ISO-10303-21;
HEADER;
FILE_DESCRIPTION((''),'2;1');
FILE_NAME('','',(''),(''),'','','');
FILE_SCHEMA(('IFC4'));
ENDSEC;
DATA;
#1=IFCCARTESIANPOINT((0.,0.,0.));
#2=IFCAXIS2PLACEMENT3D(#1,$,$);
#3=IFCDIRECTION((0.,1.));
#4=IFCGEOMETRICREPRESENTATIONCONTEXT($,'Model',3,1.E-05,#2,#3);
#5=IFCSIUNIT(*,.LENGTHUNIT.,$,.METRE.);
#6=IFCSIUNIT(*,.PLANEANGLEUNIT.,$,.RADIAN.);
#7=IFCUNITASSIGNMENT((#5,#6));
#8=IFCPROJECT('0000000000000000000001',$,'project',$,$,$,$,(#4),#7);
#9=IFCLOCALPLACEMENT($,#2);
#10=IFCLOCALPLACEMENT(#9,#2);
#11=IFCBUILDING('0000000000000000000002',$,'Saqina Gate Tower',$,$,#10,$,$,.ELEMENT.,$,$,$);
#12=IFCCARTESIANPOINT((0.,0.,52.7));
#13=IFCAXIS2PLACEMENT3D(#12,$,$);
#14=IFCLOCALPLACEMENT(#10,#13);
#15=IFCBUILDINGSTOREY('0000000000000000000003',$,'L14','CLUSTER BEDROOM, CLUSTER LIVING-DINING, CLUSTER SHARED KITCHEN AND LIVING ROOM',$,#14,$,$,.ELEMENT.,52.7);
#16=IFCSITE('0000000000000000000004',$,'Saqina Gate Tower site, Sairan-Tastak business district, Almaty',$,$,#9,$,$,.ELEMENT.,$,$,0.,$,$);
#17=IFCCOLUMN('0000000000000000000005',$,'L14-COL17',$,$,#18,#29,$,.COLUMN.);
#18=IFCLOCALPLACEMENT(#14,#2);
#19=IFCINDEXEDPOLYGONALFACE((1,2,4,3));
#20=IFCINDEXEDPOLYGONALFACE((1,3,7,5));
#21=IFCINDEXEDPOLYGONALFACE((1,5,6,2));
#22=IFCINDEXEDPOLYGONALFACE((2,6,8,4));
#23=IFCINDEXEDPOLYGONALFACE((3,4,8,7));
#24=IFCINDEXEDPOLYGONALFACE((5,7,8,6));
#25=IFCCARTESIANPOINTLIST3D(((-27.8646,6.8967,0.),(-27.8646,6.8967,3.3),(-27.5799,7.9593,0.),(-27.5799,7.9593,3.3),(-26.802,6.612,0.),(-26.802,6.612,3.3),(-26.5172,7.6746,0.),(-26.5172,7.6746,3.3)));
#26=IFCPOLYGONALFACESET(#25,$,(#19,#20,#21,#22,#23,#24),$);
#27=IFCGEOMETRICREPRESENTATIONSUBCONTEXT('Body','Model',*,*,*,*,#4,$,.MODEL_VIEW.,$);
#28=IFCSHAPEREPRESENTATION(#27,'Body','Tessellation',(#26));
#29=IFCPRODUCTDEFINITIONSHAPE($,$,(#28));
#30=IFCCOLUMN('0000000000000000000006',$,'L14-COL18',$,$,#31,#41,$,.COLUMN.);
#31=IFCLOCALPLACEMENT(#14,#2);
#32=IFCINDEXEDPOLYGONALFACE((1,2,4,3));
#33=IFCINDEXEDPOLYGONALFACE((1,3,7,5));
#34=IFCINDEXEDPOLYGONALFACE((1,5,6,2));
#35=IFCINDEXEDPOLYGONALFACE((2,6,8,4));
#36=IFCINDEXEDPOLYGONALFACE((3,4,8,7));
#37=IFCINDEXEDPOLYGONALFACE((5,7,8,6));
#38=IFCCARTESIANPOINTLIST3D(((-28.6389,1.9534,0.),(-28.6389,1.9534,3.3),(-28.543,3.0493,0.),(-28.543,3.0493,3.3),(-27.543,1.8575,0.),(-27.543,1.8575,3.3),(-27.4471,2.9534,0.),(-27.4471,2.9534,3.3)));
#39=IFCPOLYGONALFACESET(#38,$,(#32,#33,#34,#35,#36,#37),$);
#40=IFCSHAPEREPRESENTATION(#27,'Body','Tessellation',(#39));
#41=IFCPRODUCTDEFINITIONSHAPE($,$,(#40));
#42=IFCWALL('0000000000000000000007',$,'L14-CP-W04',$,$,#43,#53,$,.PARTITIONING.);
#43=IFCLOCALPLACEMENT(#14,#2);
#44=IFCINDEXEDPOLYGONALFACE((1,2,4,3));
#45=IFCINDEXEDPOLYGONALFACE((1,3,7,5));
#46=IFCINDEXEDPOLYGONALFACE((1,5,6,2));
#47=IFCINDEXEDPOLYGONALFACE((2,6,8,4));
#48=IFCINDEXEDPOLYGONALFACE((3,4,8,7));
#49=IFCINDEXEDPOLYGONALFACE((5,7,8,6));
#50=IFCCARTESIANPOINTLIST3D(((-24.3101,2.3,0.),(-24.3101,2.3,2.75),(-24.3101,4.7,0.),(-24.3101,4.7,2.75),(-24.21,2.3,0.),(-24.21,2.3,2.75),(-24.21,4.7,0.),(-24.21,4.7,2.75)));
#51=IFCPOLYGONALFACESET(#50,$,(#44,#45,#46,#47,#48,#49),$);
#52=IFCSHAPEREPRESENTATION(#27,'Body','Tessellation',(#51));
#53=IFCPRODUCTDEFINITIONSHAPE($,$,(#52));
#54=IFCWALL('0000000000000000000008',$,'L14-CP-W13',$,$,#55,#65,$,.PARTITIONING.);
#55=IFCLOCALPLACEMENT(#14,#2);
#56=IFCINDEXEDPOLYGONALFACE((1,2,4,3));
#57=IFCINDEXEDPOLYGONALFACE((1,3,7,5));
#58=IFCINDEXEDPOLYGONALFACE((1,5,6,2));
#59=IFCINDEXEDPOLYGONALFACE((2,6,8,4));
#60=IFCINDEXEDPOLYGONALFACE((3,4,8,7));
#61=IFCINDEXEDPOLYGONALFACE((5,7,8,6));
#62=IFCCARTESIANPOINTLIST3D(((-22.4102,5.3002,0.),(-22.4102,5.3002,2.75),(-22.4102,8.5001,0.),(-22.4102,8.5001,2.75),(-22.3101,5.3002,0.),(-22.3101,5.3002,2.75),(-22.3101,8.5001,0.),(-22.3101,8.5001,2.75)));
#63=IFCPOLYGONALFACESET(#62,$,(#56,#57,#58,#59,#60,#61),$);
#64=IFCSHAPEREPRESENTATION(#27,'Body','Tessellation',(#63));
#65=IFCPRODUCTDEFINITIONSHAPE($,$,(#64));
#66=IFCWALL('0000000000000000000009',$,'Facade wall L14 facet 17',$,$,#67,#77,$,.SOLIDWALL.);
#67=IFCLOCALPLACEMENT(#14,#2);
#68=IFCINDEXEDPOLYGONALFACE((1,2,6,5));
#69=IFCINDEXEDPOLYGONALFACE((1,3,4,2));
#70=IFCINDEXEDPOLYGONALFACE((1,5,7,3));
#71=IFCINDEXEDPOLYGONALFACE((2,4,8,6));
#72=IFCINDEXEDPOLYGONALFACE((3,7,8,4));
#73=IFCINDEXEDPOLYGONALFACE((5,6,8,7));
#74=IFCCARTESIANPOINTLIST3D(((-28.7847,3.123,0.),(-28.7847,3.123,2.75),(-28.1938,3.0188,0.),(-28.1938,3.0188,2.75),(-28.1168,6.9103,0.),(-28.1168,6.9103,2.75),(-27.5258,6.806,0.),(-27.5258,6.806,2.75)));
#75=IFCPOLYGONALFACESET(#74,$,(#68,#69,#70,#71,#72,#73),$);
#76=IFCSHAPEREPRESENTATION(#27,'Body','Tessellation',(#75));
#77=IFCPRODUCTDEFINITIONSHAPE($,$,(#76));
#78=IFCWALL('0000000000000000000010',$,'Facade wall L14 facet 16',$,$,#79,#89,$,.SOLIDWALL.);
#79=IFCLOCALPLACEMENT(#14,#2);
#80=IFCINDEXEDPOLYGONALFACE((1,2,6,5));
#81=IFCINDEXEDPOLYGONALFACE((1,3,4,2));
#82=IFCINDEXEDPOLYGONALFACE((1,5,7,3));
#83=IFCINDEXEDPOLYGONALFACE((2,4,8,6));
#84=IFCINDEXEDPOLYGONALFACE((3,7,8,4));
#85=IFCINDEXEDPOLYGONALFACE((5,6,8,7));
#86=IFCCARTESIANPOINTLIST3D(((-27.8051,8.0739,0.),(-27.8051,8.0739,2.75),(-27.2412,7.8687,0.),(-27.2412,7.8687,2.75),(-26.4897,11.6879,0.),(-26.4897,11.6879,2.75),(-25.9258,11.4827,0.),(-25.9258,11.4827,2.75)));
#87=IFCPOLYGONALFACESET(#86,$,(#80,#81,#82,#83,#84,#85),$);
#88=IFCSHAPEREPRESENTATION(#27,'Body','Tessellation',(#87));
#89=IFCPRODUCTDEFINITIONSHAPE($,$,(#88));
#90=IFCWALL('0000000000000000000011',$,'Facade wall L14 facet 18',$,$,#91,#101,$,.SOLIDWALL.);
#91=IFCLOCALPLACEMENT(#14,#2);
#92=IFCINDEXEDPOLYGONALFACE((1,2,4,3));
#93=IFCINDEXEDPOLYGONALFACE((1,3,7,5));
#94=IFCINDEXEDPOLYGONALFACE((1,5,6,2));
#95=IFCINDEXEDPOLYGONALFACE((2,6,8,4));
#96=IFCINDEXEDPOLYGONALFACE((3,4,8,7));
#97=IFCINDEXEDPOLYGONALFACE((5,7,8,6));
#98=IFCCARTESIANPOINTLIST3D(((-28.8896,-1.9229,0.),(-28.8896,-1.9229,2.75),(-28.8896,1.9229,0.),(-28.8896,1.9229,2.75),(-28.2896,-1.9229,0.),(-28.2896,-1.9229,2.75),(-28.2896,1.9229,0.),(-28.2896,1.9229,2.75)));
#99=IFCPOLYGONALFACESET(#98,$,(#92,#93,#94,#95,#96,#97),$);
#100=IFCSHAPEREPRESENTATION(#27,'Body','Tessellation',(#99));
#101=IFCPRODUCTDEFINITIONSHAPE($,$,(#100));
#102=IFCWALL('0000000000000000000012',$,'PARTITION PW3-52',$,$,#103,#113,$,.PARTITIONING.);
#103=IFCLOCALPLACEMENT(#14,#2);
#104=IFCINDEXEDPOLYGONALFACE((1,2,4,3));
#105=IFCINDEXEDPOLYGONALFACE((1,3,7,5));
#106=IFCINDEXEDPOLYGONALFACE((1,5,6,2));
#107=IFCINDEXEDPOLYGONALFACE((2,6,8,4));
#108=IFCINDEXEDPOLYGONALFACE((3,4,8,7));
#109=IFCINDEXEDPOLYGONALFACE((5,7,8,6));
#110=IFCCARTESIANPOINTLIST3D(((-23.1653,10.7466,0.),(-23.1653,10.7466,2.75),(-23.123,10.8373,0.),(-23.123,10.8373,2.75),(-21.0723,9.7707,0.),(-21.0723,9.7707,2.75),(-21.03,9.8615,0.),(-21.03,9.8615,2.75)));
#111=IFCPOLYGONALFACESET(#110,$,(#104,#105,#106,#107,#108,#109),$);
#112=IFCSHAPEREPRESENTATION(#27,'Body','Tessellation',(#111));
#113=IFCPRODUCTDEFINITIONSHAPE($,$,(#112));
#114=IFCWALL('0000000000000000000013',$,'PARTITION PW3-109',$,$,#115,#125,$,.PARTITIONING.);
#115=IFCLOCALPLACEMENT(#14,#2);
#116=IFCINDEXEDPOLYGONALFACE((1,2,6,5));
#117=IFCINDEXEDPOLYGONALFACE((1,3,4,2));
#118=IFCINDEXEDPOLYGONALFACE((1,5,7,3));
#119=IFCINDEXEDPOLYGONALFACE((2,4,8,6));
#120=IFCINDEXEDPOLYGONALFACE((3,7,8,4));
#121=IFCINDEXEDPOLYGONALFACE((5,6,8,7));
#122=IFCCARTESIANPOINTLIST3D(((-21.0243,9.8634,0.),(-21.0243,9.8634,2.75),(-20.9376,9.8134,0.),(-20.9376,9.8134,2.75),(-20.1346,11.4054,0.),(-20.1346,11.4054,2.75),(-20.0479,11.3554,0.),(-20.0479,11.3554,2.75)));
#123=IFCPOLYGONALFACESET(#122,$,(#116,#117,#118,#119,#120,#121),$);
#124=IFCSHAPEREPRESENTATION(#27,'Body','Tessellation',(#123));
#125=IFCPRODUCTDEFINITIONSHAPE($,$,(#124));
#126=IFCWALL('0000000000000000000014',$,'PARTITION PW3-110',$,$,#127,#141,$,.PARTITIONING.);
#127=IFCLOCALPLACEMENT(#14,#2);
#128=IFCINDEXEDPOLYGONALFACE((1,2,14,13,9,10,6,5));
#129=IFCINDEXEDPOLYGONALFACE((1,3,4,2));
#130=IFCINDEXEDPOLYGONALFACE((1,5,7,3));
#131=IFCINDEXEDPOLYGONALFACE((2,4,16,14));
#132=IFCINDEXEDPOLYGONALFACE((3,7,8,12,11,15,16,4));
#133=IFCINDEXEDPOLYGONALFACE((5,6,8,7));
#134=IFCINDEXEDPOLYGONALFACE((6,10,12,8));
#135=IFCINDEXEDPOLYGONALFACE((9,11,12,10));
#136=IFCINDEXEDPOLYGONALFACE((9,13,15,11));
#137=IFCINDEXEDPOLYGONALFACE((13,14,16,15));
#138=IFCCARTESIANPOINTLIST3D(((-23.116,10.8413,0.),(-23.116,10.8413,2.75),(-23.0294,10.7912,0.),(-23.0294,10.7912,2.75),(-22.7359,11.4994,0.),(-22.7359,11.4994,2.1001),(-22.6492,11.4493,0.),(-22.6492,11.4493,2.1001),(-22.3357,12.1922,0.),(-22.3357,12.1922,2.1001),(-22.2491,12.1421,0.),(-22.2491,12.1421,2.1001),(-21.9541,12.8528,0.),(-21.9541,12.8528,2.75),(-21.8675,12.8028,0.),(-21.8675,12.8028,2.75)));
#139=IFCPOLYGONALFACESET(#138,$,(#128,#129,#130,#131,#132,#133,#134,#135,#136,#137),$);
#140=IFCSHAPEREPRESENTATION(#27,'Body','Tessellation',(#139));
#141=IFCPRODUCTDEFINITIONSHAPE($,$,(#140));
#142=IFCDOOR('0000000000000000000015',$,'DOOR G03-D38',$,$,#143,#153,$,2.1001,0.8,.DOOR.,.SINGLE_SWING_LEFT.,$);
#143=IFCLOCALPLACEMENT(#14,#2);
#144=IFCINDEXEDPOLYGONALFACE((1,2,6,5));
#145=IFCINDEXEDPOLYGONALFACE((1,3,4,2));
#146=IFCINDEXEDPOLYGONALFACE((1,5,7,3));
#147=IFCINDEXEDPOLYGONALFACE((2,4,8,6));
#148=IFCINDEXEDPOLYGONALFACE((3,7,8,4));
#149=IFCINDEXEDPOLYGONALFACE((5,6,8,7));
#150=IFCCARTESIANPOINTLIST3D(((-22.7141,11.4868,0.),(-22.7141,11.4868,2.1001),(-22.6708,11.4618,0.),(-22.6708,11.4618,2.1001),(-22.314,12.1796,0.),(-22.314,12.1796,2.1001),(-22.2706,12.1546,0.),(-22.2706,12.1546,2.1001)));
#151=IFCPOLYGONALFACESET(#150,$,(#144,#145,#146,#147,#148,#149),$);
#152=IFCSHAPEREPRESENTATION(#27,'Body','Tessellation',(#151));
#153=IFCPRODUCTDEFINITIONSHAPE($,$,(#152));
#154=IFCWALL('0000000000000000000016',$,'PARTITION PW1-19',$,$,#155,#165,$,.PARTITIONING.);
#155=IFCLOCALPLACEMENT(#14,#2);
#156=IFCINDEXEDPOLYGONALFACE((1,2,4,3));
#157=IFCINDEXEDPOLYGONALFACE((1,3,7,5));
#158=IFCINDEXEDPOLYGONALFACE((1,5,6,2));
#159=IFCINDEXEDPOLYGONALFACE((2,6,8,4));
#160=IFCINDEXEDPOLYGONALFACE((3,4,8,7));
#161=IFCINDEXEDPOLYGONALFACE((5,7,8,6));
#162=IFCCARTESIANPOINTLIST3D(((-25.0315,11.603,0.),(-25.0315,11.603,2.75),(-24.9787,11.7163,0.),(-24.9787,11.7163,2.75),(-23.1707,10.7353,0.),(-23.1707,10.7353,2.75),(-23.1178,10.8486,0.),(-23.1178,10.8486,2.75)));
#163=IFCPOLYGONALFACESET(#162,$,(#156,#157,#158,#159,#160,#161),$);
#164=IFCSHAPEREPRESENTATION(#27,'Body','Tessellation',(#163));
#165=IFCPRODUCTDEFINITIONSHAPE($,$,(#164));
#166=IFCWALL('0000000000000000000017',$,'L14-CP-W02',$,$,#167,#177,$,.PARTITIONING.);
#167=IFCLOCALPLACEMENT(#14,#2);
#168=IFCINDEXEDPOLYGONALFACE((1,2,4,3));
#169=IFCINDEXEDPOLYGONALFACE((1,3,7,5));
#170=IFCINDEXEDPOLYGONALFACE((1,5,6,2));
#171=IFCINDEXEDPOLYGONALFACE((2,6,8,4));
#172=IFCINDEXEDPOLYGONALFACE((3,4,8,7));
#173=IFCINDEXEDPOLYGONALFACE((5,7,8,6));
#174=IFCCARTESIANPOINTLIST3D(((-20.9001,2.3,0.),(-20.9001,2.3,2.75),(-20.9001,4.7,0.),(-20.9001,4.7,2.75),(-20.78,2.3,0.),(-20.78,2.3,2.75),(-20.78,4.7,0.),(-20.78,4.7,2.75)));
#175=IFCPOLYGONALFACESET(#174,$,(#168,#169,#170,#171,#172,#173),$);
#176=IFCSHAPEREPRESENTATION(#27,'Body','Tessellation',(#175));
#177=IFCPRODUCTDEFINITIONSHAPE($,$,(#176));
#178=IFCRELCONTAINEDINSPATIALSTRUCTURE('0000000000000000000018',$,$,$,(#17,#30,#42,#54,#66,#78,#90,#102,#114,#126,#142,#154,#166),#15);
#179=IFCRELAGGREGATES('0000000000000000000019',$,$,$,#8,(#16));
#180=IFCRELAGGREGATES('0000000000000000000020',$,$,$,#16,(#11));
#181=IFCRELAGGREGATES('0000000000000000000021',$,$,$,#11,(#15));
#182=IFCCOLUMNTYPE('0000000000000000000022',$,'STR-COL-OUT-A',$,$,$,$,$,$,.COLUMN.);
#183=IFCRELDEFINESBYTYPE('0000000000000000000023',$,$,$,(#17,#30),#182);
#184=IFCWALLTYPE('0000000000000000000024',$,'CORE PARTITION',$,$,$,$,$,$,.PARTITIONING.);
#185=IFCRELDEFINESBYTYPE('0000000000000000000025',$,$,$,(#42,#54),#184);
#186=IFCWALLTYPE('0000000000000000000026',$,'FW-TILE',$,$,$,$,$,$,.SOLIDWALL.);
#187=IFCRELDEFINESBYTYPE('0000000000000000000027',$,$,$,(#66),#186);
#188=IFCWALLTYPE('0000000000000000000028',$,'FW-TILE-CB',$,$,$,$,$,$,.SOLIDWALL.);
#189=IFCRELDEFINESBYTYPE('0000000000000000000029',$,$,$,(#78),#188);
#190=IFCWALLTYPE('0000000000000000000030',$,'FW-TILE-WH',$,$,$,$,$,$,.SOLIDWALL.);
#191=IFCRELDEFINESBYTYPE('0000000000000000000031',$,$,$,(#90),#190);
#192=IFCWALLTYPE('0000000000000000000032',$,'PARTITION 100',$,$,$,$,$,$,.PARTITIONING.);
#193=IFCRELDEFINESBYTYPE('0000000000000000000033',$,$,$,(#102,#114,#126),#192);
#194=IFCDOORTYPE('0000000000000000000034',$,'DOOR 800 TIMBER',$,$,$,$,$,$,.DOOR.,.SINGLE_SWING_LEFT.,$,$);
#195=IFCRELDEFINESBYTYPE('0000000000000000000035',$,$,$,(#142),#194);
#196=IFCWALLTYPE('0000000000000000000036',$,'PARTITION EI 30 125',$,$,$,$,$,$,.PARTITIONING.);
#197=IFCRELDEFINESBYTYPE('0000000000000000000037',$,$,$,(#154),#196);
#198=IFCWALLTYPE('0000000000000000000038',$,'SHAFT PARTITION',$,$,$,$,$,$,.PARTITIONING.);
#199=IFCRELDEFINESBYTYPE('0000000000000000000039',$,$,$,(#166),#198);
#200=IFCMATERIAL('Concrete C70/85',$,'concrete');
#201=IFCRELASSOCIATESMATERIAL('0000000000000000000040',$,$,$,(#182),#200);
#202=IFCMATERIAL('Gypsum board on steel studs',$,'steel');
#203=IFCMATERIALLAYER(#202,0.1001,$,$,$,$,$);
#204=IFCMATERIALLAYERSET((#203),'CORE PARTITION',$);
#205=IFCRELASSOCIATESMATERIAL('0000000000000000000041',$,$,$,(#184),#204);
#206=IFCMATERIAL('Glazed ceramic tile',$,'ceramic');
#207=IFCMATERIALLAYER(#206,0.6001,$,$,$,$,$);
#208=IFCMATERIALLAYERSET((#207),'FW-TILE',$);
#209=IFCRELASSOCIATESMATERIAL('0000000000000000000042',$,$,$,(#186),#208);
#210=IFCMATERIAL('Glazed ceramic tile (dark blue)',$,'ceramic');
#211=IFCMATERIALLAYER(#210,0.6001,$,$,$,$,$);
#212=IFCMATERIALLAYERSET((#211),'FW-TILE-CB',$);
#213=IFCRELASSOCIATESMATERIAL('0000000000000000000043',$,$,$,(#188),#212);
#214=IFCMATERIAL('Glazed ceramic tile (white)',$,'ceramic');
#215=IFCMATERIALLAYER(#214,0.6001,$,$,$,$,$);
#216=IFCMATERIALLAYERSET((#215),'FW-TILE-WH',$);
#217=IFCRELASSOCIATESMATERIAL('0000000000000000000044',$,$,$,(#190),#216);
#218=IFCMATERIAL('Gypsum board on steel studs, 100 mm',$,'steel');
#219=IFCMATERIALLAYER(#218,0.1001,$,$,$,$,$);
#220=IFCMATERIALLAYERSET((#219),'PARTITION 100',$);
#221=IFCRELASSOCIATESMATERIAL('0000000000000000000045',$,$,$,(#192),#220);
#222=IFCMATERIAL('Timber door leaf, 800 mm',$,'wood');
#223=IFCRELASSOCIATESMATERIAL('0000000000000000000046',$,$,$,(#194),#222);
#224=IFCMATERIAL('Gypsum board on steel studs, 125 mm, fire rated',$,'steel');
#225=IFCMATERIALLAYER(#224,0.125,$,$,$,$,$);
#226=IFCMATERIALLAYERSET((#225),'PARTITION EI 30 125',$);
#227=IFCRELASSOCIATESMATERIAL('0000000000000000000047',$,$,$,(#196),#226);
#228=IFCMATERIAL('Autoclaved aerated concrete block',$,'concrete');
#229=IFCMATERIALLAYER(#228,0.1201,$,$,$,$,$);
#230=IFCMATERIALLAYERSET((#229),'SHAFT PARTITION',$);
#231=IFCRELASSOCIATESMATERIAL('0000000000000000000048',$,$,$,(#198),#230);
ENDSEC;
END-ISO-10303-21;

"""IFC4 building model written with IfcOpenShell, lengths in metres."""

from ifc_helpers import new_model, si_unit, direction, frame, frame_2d, origin, origin_2d, place, context, subcontext, project, spatial, rectangle, extrude, material, layer, layer_set, material_profile, profile_set, type_object, element, fill, save


model = new_model("IFC4")

# Units and contexts
model_context = context("Model", 3, precision=1e-05, world=origin(), true_north=direction((0.0, 1.0)))
body_context = subcontext(model_context, "Body", "Model", "MODEL_VIEW")
ifc_project = project(units=[si_unit("LENGTHUNIT", "METRE"), si_unit("PLANEANGLEUNIT", "RADIAN")], contexts=[model_context])

# Site, building, storey
site_placement = place(None, origin())
site = spatial("IfcSite", under=ifc_project, at=site_placement, Name="Saqina Gate Tower site, Sairan-Tastak business district, Almaty", CompositionType="ELEMENT", RefElevation=0.0)
building_placement = place(site_placement, origin())
building = spatial("IfcBuilding", under=site, at=building_placement, Name="Saqina Gate Tower", CompositionType="ELEMENT")
storey_placement = place(building_placement, frame((0.0, 0.0, 52.7)))
storey = spatial("IfcBuildingStorey", under=building, at=storey_placement, Name="L14", Description="CLUSTER BEDROOM, CLUSTER LIVING-DINING, CLUSTER SHARED KITCHEN AND LIVING ROOM", CompositionType="ELEMENT", Elevation=52.7)

# Columns
ifc_material_1 = material(Name="Concrete C70/85", Category="concrete")
ifc_material_profile = material_profile(ifc_material_1, rectangle(XDim=1.1001, YDim=1.1001, at=origin_2d()), Name="RC 1100x1100")
ifc_profile_set = profile_set([ifc_material_profile], Name="Concrete C70/85")
column_type = type_object("IfcColumnType", Name="STR-COL-OUT-A", PredefinedType="COLUMN", material=ifc_profile_set)
for number, where, z_axis, x_axis, name in (
    (1, (-27.1909, 7.2856, 0.0), (0.0, 0.0, 1.0), (-0.965926, 0.258819, 0.0), "L14-COL17"),
    (2, (-28.043, 2.4534, 0.0), (0.0, 0.0, 1.0), (-0.996195, 0.087156, 0.0), "L14-COL18"),
):
    element("IfcColumn", number, at=place(storey_placement, frame(where, z_axis=z_axis, x_axis=x_axis)), inside=storey, type_object=column_type, Name=name, PredefinedType="COLUMN", context=body_context, shape_type="SweptSolid", body=[
        extrude(rectangle(XDim=1.1001, YDim=1.1001, at=origin_2d()), origin(), (0.0, 0.0, 1.0), 3.3),
    ])

# Walls
ifc_material_2 = material(Name="Gypsum board on steel studs", Category="steel")
ifc_layer_1 = layer(ifc_material_2, 0.1001)
ifc_layer_set_1 = layer_set([ifc_layer_1], Name="CORE PARTITION")
wall_type_1 = type_object("IfcWallType", Name="CORE PARTITION", PredefinedType="PARTITIONING", material=ifc_layer_set_1)
wall_1_placement = place(storey_placement, frame((-24.26, 2.3, 0.0), z_axis=(0.0, 0.0, 1.0), x_axis=(0.0, 1.0, 0.0)))
element("IfcWall", 3, at=wall_1_placement, inside=storey, type_object=wall_type_1, Name="L14-CP-W04", PredefinedType="PARTITIONING", context=body_context, shape_type="SweptSolid", body=[
    extrude(rectangle(XDim=2.3999, YDim=0.1001, at=frame_2d((1.2, 0.0))), origin(), (0.0, 0.0, 1.0), 2.75),
])
wall_2_placement = place(storey_placement, frame((-22.3601, 5.3, 0.0), z_axis=(0.0, 0.0, 1.0), x_axis=(0.0, 1.0, 0.0)))
element("IfcWall", 4, at=wall_2_placement, inside=storey, type_object=wall_type_1, Name="L14-CP-W13", PredefinedType="PARTITIONING", context=body_context, shape_type="SweptSolid", body=[
    extrude(rectangle(XDim=3.2, YDim=0.1001, at=frame_2d((1.6001, 0.0))), origin(), (0.0, 0.0, 1.0), 2.75),
])
ifc_material_3 = material(Name="Glazed ceramic tile", Category="ceramic")
ifc_layer_2 = layer(ifc_material_3, 0.6001)
ifc_layer_set_2 = layer_set([ifc_layer_2], Name="FW-TILE")
wall_type_2 = type_object("IfcWallType", Name="FW-TILE", PredefinedType="SOLIDWALL", material=ifc_layer_set_2)
wall_3_placement = place(storey_placement, frame((-27.8213, 6.8582, 0.0), z_axis=(0.0, 0.0, 1.0), x_axis=(-0.173688, -0.984801, 0.0)))
element("IfcWall", 5, at=wall_3_placement, inside=storey, type_object=wall_type_2, Name="Facade wall L14 facet 17", PredefinedType="SOLIDWALL", context=body_context, shape_type="SweptSolid", body=[
    extrude(rectangle(XDim=3.8457, YDim=0.6001, at=frame_2d((1.9229, 0.0))), origin(), (0.0, 0.0, 1.0), 2.75),
])
ifc_material_4 = material(Name="Glazed ceramic tile (dark blue)", Category="ceramic")
ifc_layer_3 = layer(ifc_material_4, 0.6001)
ifc_layer_set_3 = layer_set([ifc_layer_3], Name="FW-TILE-CB")
wall_type_3 = type_object("IfcWallType", Name="FW-TILE-CB", PredefinedType="SOLIDWALL", material=ifc_layer_set_3)
wall_4_placement = place(storey_placement, frame((-26.2078, 11.5852, 0.0), z_axis=(0.0, 0.0, 1.0), x_axis=(-0.342028, -0.93969, 0.0)))
element("IfcWall", 6, at=wall_4_placement, inside=storey, type_object=wall_type_3, Name="Facade wall L14 facet 16", PredefinedType="SOLIDWALL", context=body_context, shape_type="SweptSolid", body=[
    extrude(rectangle(XDim=3.8459, YDim=0.6001, at=frame_2d((1.9229, 0.0))), origin(), (0.0, 0.0, 1.0), 2.75),
])
ifc_material_5 = material(Name="Glazed ceramic tile (white)", Category="ceramic")
ifc_layer_4 = layer(ifc_material_5, 0.6001)
ifc_layer_set_4 = layer_set([ifc_layer_4], Name="FW-TILE-WH")
wall_type_4 = type_object("IfcWallType", Name="FW-TILE-WH", PredefinedType="SOLIDWALL", material=ifc_layer_set_4)
wall_5_placement = place(storey_placement, frame((-28.5896, 1.9229, 0.0), z_axis=(0.0, 0.0, 1.0), x_axis=(0.0, -1.0, 0.0)))
element("IfcWall", 7, at=wall_5_placement, inside=storey, type_object=wall_type_4, Name="Facade wall L14 facet 18", PredefinedType="SOLIDWALL", context=body_context, shape_type="SweptSolid", body=[
    extrude(rectangle(XDim=3.8457, YDim=0.6001, at=frame_2d((1.9229, 0.0))), origin(), (0.0, 0.0, 1.0), 2.75),
])
ifc_material_6 = material(Name="Gypsum board on steel studs, 100 mm", Category="steel")
ifc_layer_5 = layer(ifc_material_6, 0.1001)
ifc_layer_set_5 = layer_set([ifc_layer_5], Name="PARTITION 100")
wall_type_5 = type_object("IfcWallType", Name="PARTITION 100", PredefinedType="PARTITIONING", material=ifc_layer_set_5)
wall_6_placement = place(storey_placement, frame((-23.1443, 10.792, 0.0), z_axis=(0.0, 0.0, 1.0), x_axis=(0.906334, -0.422561, 0.0)))
element("IfcWall", 8, at=wall_6_placement, inside=storey, type_object=wall_type_5, Name="PARTITION PW3-52", PredefinedType="PARTITIONING", context=body_context, shape_type="SweptSolid", body=[
    extrude(rectangle(XDim=2.3093, YDim=0.1001, at=frame_2d((1.1548, 0.0))), origin(), (0.0, 0.0, 1.0), 2.75),
])
wall_7_placement = place(storey_placement, frame((-20.981, 9.8384, 0.0), z_axis=(0.0, 0.0, 1.0), x_axis=(0.499738, 0.866176, 0.0)))
element("IfcWall", 9, at=wall_7_placement, inside=storey, type_object=wall_type_5, Name="PARTITION PW3-109", PredefinedType="PARTITIONING", context=body_context, shape_type="SweptSolid", body=[
    extrude(rectangle(XDim=1.7803, YDim=0.1001, at=frame_2d((0.8901, 0.0))), origin(), (0.0, 0.0, 1.0), 2.75),
])

# Wall, opening, door
wall_8_placement = place(storey_placement, frame((-23.0728, 10.8162, 0.0), z_axis=(0.0, 0.0, 1.0), x_axis=(0.500174, 0.865925, 0.0)))
wall_8 = element("IfcWall", 10, at=wall_8_placement, inside=storey, type_object=wall_type_5, Name="PARTITION PW3-110", PredefinedType="PARTITIONING", context=body_context, shape_type="SweptSolid", body=[
    extrude(rectangle(XDim=2.323, YDim=0.1001, at=frame_2d((1.1616, 0.0))), origin(), (0.0, 0.0, 1.0), 2.75),
])
opening_placement = place(wall_8_placement, frame((0.7603, 0.0, 0.0)))
opening = element("IfcOpeningElement", 11, at=opening_placement, cuts=wall_8, PredefinedType="OPENING", context=body_context, shape_type="SweptSolid", body=[
    extrude(rectangle(XDim=0.8, YDim=2.1001, at=frame_2d((0.3999, 1.05))), frame((0.0, 0.062, 0.0), z_axis=(0.0, -1.0, 0.0), x_axis=(1.0, 0.0, 0.0)), (0.0, 0.0, 1.0), 0.124),
])
ifc_material_7 = material(Name="Timber door leaf, 800 mm", Category="wood")
door_type = type_object("IfcDoorType", Name="DOOR 800 TIMBER", OperationType="SINGLE_SWING_LEFT", PredefinedType="DOOR", material=ifc_material_7)
door_placement = place(opening_placement, origin())
door = element("IfcDoor", 12, at=door_placement, inside=storey, type_object=door_type, Name="DOOR G03-D38", OperationType="SINGLE_SWING_LEFT", OverallHeight=2.1001, OverallWidth=0.8, PredefinedType="DOOR", context=body_context, shape_type="SweptSolid", body=[
    extrude(rectangle(XDim=0.8, YDim=2.1001, at=frame_2d((0.3999, 1.05))), frame((0.0, 0.0249, 0.0), z_axis=(0.0, -1.0, 0.0), x_axis=(1.0, 0.0, 0.0)), (0.0, 0.0, 1.0), 0.05),
])
fill(opening, door)

# Walls
ifc_material_8 = material(Name="Gypsum board on steel studs, 125 mm, fire rated", Category="steel")
ifc_layer_6 = layer(ifc_material_8, 0.125)
ifc_layer_set_6 = layer_set([ifc_layer_6], Name="PARTITION EI 30 125")
wall_type_6 = type_object("IfcWallType", Name="PARTITION EI 30 125", PredefinedType="PARTITIONING", material=ifc_layer_set_6)
wall_9_placement = place(storey_placement, frame((-25.0051, 11.6597, 0.0), z_axis=(0.0, 0.0, 1.0), x_axis=(0.906317, -0.422599, 0.0)))
element("IfcWall", 13, at=wall_9_placement, inside=storey, type_object=wall_type_6, Name="PARTITION PW1-19", PredefinedType="PARTITIONING", context=body_context, shape_type="SweptSolid", body=[
    extrude(rectangle(XDim=2.0532, YDim=0.125, at=frame_2d((1.0266, 0.0))), origin(), (0.0, 0.0, 1.0), 2.75),
])
ifc_material_9 = material(Name="Autoclaved aerated concrete block", Category="concrete")
ifc_layer_7 = layer(ifc_material_9, 0.1201)
ifc_layer_set_7 = layer_set([ifc_layer_7], Name="SHAFT PARTITION")
wall_type_7 = type_object("IfcWallType", Name="SHAFT PARTITION", PredefinedType="PARTITIONING", material=ifc_layer_set_7)
for number, where, z_axis, x_axis, name in (
    (14, (-20.8401, 2.3, 0.0), (0.0, 0.0, 1.0), (0.0, 1.0, 0.0), "L14-CP-W02"),
):
    element("IfcWall", number, at=place(storey_placement, frame(where, z_axis=z_axis, x_axis=x_axis)), inside=storey, type_object=wall_type_7, Name=name, PredefinedType="PARTITIONING", context=body_context, shape_type="SweptSolid", body=[
        extrude(rectangle(XDim=2.3999, YDim=0.1201, at=frame_2d((1.2, 0.0))), origin(), (0.0, 0.0, 1.0), 2.75),
    ])

save(model, "model.ifc")
